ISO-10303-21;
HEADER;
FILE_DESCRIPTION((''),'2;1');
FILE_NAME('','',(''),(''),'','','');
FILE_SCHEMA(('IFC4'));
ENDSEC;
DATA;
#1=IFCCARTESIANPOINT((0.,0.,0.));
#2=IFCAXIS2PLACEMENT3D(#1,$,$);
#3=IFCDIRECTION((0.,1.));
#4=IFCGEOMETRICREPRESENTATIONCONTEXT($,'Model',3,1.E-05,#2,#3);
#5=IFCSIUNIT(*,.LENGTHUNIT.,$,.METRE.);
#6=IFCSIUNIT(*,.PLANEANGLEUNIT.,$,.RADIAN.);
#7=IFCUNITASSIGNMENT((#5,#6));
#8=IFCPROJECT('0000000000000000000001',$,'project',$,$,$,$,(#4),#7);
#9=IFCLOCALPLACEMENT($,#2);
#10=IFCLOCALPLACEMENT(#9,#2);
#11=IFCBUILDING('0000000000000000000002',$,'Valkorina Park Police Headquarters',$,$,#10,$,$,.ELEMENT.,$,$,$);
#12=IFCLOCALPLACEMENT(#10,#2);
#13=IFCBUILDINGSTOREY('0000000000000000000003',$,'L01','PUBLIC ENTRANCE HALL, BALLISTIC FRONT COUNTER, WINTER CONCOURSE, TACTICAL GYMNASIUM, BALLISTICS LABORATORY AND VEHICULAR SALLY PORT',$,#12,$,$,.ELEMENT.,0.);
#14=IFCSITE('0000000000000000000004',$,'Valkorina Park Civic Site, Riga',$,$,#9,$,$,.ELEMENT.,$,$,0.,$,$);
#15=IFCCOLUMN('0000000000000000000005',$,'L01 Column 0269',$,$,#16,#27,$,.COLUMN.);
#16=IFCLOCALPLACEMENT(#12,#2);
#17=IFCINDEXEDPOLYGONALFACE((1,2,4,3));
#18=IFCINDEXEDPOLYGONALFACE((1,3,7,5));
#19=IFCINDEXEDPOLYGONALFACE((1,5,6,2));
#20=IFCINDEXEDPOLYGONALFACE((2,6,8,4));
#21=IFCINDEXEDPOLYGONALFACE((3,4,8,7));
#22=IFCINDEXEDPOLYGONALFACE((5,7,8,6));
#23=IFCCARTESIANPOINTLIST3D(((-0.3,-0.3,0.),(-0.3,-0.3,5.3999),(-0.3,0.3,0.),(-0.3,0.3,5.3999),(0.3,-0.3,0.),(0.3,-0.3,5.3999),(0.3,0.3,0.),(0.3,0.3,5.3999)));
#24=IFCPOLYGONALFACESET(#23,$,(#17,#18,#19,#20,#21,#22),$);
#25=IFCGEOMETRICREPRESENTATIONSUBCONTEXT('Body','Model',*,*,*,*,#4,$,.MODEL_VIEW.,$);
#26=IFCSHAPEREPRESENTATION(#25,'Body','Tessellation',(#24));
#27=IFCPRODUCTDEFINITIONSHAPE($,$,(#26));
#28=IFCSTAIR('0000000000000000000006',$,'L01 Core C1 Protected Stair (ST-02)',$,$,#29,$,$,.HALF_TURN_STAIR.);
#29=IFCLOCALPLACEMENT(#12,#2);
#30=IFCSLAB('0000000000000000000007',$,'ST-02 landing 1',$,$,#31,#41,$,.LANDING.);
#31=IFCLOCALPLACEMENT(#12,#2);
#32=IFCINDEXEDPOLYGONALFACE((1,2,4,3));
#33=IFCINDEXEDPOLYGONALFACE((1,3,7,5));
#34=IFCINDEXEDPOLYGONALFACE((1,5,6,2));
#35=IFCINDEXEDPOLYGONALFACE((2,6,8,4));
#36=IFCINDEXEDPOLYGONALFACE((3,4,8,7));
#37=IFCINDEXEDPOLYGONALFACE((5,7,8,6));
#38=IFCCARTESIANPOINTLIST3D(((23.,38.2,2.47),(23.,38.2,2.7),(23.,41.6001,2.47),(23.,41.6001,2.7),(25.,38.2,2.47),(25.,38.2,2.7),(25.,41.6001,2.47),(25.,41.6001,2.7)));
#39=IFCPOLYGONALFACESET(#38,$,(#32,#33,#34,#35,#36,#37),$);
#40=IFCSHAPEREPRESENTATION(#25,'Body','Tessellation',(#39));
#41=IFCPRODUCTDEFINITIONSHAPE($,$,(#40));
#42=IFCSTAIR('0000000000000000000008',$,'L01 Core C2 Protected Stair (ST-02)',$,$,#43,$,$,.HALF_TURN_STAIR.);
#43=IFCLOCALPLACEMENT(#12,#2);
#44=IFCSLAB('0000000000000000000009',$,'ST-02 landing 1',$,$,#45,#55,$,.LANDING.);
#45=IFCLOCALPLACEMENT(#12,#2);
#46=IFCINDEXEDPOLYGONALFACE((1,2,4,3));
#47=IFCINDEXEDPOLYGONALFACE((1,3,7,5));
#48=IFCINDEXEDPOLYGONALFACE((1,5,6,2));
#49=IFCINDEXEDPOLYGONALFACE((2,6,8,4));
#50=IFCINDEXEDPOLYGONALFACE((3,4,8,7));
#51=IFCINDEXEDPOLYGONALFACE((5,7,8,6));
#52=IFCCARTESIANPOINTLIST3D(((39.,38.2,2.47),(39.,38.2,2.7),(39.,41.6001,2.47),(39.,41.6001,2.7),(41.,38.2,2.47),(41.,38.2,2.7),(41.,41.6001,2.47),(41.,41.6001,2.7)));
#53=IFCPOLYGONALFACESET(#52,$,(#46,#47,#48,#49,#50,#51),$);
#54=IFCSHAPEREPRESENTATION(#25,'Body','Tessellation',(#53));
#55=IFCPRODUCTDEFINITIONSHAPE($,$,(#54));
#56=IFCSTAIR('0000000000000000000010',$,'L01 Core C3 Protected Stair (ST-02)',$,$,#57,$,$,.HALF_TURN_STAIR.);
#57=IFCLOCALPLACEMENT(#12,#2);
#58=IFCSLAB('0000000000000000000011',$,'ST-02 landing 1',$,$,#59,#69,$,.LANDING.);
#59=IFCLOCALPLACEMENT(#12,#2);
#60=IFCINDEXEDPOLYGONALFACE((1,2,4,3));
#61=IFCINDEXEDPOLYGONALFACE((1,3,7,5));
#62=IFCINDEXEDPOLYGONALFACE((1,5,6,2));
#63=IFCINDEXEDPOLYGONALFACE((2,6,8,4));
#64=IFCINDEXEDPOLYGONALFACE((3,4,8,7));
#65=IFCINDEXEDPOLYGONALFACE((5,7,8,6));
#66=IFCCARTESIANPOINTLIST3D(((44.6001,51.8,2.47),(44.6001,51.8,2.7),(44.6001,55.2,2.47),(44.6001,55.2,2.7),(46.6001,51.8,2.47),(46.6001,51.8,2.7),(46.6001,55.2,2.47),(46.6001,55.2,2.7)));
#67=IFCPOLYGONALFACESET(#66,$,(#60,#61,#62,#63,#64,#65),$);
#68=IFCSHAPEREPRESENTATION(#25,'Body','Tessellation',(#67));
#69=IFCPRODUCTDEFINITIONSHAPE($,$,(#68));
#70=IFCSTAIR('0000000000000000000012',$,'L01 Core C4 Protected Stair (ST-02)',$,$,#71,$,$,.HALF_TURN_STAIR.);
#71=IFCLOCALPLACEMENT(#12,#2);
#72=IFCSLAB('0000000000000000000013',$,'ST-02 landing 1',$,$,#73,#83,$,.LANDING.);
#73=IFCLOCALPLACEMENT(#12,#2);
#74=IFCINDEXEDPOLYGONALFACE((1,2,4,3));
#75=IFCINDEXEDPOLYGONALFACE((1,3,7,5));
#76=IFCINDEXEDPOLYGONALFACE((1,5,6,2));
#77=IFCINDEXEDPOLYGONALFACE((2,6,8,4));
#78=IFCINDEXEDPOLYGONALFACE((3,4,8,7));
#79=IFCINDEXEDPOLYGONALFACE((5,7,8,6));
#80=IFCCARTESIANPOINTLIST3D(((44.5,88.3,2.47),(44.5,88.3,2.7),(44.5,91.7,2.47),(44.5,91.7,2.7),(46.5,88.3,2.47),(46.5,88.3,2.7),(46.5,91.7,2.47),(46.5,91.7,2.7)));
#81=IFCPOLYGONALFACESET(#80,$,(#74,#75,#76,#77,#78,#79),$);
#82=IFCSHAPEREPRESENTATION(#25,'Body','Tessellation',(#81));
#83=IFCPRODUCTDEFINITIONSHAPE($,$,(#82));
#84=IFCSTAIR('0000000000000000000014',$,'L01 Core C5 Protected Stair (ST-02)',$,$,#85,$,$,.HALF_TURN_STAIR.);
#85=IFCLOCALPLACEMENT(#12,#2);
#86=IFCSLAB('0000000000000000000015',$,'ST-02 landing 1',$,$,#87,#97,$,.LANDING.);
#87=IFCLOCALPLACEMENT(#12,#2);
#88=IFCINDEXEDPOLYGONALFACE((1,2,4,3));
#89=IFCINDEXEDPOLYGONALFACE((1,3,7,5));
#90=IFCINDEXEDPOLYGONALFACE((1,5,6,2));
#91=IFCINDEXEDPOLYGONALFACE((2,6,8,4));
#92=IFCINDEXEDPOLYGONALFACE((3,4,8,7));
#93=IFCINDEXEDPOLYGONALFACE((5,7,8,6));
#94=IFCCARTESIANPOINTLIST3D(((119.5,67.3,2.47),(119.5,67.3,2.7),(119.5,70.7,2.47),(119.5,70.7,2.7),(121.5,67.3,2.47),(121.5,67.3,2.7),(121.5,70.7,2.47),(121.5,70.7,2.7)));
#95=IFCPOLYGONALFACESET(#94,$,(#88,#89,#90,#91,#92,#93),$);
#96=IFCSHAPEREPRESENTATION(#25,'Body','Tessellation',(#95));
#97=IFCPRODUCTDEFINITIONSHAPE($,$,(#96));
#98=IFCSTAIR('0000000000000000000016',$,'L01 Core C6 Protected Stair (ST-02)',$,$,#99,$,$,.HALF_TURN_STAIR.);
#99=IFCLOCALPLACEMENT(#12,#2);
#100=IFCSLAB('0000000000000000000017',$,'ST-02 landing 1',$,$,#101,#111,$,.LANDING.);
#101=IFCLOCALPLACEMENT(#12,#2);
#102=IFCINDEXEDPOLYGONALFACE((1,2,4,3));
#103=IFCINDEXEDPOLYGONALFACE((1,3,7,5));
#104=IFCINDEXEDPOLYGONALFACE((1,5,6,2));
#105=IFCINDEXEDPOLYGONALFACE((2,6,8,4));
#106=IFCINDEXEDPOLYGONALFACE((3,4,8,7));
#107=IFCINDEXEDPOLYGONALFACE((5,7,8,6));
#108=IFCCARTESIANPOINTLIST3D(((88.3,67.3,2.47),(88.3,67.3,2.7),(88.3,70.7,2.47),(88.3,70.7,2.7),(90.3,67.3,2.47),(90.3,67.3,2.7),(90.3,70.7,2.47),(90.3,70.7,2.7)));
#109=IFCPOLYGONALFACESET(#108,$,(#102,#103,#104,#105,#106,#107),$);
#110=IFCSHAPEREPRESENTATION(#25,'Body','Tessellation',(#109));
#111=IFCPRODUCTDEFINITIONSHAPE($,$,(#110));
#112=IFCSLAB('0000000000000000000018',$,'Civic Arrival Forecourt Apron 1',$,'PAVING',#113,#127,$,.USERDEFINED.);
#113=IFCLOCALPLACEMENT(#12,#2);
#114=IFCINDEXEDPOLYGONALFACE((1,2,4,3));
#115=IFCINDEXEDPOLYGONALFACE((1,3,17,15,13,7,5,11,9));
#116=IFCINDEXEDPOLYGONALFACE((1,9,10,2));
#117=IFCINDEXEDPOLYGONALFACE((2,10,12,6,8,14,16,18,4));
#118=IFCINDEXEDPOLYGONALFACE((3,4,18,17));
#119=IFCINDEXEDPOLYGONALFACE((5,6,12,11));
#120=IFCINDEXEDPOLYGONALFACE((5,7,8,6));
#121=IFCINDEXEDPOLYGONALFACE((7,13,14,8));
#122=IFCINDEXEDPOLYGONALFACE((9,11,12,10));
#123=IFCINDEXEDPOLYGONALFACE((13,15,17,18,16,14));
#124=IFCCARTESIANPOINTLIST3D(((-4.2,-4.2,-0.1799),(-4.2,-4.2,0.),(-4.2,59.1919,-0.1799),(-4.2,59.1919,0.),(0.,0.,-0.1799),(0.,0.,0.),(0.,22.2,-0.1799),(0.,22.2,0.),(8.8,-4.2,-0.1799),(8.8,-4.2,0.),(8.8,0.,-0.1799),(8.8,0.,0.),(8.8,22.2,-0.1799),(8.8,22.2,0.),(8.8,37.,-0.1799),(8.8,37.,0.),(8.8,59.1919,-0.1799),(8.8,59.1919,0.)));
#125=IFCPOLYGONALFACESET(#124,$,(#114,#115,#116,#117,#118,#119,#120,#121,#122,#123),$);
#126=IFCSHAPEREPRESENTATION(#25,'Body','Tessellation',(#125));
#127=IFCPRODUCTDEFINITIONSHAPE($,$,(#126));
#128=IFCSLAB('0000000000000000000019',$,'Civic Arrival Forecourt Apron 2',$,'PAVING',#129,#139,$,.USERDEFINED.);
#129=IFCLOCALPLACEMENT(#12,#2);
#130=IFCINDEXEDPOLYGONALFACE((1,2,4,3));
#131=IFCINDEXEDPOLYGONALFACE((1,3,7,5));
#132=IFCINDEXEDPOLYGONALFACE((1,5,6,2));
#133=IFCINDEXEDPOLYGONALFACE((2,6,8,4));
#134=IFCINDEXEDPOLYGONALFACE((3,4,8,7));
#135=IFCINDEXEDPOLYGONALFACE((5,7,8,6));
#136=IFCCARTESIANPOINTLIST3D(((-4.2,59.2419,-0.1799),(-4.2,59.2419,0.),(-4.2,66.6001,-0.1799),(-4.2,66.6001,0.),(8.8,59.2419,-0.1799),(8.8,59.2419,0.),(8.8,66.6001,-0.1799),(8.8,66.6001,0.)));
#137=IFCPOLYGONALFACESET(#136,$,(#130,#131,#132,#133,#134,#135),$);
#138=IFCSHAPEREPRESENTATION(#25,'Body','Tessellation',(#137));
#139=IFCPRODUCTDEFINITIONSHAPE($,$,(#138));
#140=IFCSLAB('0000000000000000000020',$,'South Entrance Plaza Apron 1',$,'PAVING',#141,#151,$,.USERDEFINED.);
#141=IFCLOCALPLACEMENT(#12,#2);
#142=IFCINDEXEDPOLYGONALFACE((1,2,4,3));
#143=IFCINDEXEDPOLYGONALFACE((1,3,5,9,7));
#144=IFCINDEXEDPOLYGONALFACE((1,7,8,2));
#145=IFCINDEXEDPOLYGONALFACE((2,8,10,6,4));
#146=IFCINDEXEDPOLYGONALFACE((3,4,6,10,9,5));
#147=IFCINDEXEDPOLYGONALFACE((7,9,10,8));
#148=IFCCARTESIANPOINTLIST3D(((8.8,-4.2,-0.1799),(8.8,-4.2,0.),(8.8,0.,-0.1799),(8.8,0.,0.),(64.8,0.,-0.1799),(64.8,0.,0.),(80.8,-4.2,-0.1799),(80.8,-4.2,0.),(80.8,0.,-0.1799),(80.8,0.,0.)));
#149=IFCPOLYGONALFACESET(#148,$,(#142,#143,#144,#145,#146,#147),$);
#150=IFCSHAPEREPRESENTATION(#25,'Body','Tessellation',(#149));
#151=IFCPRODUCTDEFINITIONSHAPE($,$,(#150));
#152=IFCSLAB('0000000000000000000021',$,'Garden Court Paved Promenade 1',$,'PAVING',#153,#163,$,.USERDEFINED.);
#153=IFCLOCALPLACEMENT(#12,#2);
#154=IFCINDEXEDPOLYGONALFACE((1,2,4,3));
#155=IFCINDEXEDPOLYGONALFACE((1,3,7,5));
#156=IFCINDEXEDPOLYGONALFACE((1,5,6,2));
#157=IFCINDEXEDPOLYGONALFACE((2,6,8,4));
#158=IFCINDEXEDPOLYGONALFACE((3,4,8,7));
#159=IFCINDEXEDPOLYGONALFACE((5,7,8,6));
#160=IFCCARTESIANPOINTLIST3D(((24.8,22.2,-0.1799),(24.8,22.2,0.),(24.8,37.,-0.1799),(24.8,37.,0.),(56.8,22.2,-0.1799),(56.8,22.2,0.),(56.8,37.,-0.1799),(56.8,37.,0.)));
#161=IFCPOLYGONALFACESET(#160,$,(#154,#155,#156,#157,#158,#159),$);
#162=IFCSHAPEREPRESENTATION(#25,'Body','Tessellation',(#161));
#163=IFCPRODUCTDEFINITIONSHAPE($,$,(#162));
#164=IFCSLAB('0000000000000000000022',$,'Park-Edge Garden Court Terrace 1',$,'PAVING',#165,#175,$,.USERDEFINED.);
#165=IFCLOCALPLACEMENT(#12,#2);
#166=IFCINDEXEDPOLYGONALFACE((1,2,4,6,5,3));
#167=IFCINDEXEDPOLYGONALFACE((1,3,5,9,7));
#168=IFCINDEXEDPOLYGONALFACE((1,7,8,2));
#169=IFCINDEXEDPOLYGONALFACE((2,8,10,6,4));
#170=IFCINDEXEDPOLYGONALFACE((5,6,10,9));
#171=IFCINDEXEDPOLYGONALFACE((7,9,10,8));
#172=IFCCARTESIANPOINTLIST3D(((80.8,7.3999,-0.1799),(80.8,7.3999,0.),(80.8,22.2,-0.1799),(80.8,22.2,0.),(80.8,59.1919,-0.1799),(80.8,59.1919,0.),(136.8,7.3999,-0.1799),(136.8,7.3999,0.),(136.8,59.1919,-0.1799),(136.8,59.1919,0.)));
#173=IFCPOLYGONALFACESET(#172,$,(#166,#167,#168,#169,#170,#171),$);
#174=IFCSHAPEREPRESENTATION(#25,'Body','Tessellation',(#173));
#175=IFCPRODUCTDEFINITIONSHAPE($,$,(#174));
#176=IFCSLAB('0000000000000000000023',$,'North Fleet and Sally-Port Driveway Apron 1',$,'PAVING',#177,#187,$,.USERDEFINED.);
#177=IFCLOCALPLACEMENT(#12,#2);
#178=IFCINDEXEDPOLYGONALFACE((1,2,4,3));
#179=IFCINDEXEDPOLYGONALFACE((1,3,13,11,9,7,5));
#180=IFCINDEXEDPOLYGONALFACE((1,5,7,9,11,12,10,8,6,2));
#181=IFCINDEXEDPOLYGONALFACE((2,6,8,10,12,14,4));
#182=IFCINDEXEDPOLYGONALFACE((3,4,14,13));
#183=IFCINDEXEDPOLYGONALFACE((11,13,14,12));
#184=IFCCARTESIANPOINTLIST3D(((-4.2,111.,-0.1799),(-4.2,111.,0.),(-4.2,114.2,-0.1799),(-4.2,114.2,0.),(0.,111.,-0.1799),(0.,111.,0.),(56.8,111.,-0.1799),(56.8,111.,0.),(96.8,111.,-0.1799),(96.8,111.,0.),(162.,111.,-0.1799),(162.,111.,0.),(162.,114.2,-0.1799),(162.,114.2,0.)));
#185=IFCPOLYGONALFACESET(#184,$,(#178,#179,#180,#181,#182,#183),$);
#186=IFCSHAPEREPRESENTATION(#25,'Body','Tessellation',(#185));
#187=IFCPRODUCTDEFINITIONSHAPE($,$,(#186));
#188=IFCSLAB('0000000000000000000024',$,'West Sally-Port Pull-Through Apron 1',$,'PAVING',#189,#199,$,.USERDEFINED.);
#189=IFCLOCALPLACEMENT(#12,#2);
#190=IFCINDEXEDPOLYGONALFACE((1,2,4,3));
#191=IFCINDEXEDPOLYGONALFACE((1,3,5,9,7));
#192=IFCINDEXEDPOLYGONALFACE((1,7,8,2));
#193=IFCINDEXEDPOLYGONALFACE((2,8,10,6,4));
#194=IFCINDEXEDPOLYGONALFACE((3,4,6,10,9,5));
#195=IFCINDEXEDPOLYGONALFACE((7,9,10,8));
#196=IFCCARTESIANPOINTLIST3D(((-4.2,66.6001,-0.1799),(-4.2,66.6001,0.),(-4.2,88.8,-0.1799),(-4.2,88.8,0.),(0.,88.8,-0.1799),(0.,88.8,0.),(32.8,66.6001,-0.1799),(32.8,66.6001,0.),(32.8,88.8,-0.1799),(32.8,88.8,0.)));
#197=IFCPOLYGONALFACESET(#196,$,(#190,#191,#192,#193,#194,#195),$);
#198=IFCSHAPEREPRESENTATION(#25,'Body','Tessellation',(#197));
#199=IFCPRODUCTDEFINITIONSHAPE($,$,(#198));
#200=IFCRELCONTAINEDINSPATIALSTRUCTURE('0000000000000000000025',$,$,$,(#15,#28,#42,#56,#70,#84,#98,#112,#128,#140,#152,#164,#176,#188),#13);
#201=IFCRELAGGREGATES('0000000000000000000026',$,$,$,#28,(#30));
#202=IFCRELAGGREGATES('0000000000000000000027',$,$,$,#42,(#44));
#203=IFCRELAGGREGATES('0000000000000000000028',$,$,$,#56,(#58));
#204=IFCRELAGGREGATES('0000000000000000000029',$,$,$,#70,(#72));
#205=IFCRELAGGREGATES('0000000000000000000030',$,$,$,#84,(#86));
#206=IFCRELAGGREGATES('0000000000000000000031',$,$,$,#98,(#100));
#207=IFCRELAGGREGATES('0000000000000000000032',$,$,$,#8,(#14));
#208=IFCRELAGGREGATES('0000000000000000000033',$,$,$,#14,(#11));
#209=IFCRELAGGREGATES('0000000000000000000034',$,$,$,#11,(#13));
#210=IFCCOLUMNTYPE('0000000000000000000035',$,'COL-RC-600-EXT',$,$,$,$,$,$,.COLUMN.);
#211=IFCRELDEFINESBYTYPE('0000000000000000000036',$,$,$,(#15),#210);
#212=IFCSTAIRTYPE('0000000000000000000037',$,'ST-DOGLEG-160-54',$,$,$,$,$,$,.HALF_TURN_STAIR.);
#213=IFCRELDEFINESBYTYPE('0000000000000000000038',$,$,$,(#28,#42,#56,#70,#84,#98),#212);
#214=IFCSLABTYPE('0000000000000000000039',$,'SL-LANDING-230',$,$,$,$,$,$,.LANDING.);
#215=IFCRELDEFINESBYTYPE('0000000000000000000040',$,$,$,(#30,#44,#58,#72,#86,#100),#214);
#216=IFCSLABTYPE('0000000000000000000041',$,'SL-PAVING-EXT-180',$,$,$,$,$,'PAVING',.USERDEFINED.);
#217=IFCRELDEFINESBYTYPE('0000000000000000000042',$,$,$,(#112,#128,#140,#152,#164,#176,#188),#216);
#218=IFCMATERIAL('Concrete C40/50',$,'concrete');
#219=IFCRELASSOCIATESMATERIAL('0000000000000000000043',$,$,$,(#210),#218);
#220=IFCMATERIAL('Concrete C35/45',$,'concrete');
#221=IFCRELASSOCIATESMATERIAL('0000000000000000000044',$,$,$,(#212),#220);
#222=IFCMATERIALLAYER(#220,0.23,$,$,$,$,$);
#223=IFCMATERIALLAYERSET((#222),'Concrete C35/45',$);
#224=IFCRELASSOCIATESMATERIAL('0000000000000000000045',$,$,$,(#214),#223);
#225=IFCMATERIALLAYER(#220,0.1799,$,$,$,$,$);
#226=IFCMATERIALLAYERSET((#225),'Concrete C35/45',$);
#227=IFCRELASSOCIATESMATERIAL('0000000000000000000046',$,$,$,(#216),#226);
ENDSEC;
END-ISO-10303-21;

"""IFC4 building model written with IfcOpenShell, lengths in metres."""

from ifc_helpers import new_model, si_unit, direction, frame, origin, origin_with_axes, origin_2d, place, context, subcontext, project, spatial, polyline, rectangle, outline, extrude, material, layer, layer_set, material_profile, profile_set, type_object, element, aggregate, save


model = new_model("IFC4")

# Units and contexts
model_context = context("Model", 3, precision=1e-05, world=origin(), true_north=direction((0.0, 1.0)))
body_context = subcontext(model_context, "Body", "Model", "MODEL_VIEW")
ifc_project = project(units=[si_unit("LENGTHUNIT", "METRE"), si_unit("PLANEANGLEUNIT", "RADIAN")], contexts=[model_context])

# Site, building, storey
site_placement = place(None, origin())
site = spatial("IfcSite", under=ifc_project, at=site_placement, Name="Valkorina Park Civic Site, Riga", CompositionType="ELEMENT", RefElevation=0.0)
building_placement = place(site_placement, origin())
building = spatial("IfcBuilding", under=site, at=building_placement, Name="Valkorina Park Police Headquarters", CompositionType="ELEMENT")
storey_placement = place(building_placement, origin())
storey = spatial("IfcBuildingStorey", under=building, at=storey_placement, Name="L01", Description="PUBLIC ENTRANCE HALL, BALLISTIC FRONT COUNTER, WINTER CONCOURSE, TACTICAL GYMNASIUM, BALLISTICS LABORATORY AND VEHICULAR SALLY PORT", CompositionType="ELEMENT", Elevation=0.0)

# Column
ifc_material_1 = material(Name="Concrete C40/50", Category="concrete")
ifc_material_profile = material_profile(ifc_material_1, rectangle(XDim=0.6001, YDim=0.6001, at=origin_2d()), Name="RC COL 600x600")
ifc_profile_set = profile_set([ifc_material_profile], Name="Concrete C40/50")
column_type = type_object("IfcColumnType", Name="COL-RC-600-EXT", PredefinedType="COLUMN", material=ifc_profile_set)
column_placement = place(storey_placement, origin_with_axes())
element("IfcColumn", 1, at=column_placement, inside=storey, type_object=column_type, Name="L01 Column 0269", PredefinedType="COLUMN", context=body_context, shape_type="SweptSolid", body=[
    extrude(rectangle(XDim=0.6001, YDim=0.6001, at=origin_2d()), origin(), (0.0, 0.0, 1.0), 5.3999),
])

# Stairs, slabs
ifc_material_2 = material(Name="Concrete C35/45", Category="concrete")
stair_type = type_object("IfcStairType", Name="ST-DOGLEG-160-54", PredefinedType="HALF_TURN_STAIR", material=ifc_material_2)
stair_1_placement = place(storey_placement, origin())
stair_1 = element("IfcStair", 2, at=stair_1_placement, inside=storey, type_object=stair_type, Name="L01 Core C1 Protected Stair (ST-02)", PredefinedType="HALF_TURN_STAIR")
ifc_layer_1 = layer(ifc_material_2, 0.23)
ifc_layer_set_1 = layer_set([ifc_layer_1], Name="Concrete C35/45")
slab_type_1 = type_object("IfcSlabType", Name="SL-LANDING-230", PredefinedType="LANDING", material=ifc_layer_set_1)
slab_1_placement = place(storey_placement, frame((0.0, 0.0, 2.47)))
slab_1 = element("IfcSlab", 3, at=slab_1_placement, type_object=slab_type_1, Name="ST-02 landing 1", PredefinedType="LANDING", context=body_context, shape_type="SweptSolid", body=[
    extrude(outline(polyline([(23.0, 38.2), (25.0, 38.2), (25.0, 41.6001), (23.0, 41.6001), (23.0, 38.2)])), origin(), (0.0, 0.0, 1.0), 0.23),
])
aggregate(stair_1, [slab_1])
stair_2_placement = place(storey_placement, origin())
stair_2 = element("IfcStair", 4, at=stair_2_placement, inside=storey, type_object=stair_type, Name="L01 Core C2 Protected Stair (ST-02)", PredefinedType="HALF_TURN_STAIR")
slab_2_placement = place(storey_placement, frame((0.0, 0.0, 2.47)))
slab_2 = element("IfcSlab", 5, at=slab_2_placement, type_object=slab_type_1, Name="ST-02 landing 1", PredefinedType="LANDING", context=body_context, shape_type="SweptSolid", body=[
    extrude(outline(polyline([(39.0, 38.2), (41.0, 38.2), (41.0, 41.6001), (39.0, 41.6001), (39.0, 38.2)])), origin(), (0.0, 0.0, 1.0), 0.23),
])
aggregate(stair_2, [slab_2])
stair_3_placement = place(storey_placement, origin())
stair_3 = element("IfcStair", 6, at=stair_3_placement, inside=storey, type_object=stair_type, Name="L01 Core C3 Protected Stair (ST-02)", PredefinedType="HALF_TURN_STAIR")
slab_3_placement = place(storey_placement, frame((0.0, 0.0, 2.47)))
slab_3 = element("IfcSlab", 7, at=slab_3_placement, type_object=slab_type_1, Name="ST-02 landing 1", PredefinedType="LANDING", context=body_context, shape_type="SweptSolid", body=[
    extrude(outline(polyline([(44.6001, 51.8), (46.6001, 51.8), (46.6001, 55.2), (44.6001, 55.2), (44.6001, 51.8)])), origin(), (0.0, 0.0, 1.0), 0.23),
])
aggregate(stair_3, [slab_3])
stair_4_placement = place(storey_placement, origin())
stair_4 = element("IfcStair", 8, at=stair_4_placement, inside=storey, type_object=stair_type, Name="L01 Core C4 Protected Stair (ST-02)", PredefinedType="HALF_TURN_STAIR")
slab_4_placement = place(storey_placement, frame((0.0, 0.0, 2.47)))
slab_4 = element("IfcSlab", 9, at=slab_4_placement, type_object=slab_type_1, Name="ST-02 landing 1", PredefinedType="LANDING", context=body_context, shape_type="SweptSolid", body=[
    extrude(outline(polyline([(44.5, 88.3), (46.5, 88.3), (46.5, 91.7), (44.5, 91.7), (44.5, 88.3)])), origin(), (0.0, 0.0, 1.0), 0.23),
])
aggregate(stair_4, [slab_4])
stair_5_placement = place(storey_placement, origin())
stair_5 = element("IfcStair", 10, at=stair_5_placement, inside=storey, type_object=stair_type, Name="L01 Core C5 Protected Stair (ST-02)", PredefinedType="HALF_TURN_STAIR")
slab_5_placement = place(storey_placement, frame((0.0, 0.0, 2.47)))
slab_5 = element("IfcSlab", 11, at=slab_5_placement, type_object=slab_type_1, Name="ST-02 landing 1", PredefinedType="LANDING", context=body_context, shape_type="SweptSolid", body=[
    extrude(outline(polyline([(119.5, 67.3), (121.5, 67.3), (121.5, 70.7), (119.5, 70.7), (119.5, 67.3)])), origin(), (0.0, 0.0, 1.0), 0.23),
])
aggregate(stair_5, [slab_5])
stair_6_placement = place(storey_placement, origin())
stair_6 = element("IfcStair", 12, at=stair_6_placement, inside=storey, type_object=stair_type, Name="L01 Core C6 Protected Stair (ST-02)", PredefinedType="HALF_TURN_STAIR")
slab_6_placement = place(storey_placement, frame((0.0, 0.0, 2.47)))
slab_6 = element("IfcSlab", 13, at=slab_6_placement, type_object=slab_type_1, Name="ST-02 landing 1", PredefinedType="LANDING", context=body_context, shape_type="SweptSolid", body=[
    extrude(outline(polyline([(88.3, 67.3), (90.3, 67.3), (90.3, 70.7), (88.3, 70.7), (88.3, 67.3)])), origin(), (0.0, 0.0, 1.0), 0.23),
])
aggregate(stair_6, [slab_6])

# Slabs
ifc_layer_2 = layer(ifc_material_2, 0.1799)
ifc_layer_set_2 = layer_set([ifc_layer_2], Name="Concrete C35/45")
slab_type_2 = type_object("IfcSlabType", Name="SL-PAVING-EXT-180", ElementType="PAVING", PredefinedType="USERDEFINED", material=ifc_layer_set_2)
slab_7_placement = place(storey_placement, frame((0.0, 0.0, -0.1799)))
element("IfcSlab", 14, at=slab_7_placement, inside=storey, type_object=slab_type_2, Name="Civic Arrival Forecourt Apron 1", ObjectType="PAVING", PredefinedType="USERDEFINED", context=body_context, shape_type="SweptSolid", body=[
    extrude(outline(polyline([(8.8, -4.2), (8.8, 0.0), (0.0, 0.0), (0.0, 22.2), (8.8, 22.2), (8.8, 37.0), (8.8, 59.1919), (-4.2, 59.1919), (-4.2, -4.2), (8.8, -4.2)])), origin(), (0.0, 0.0, 1.0), 0.1799),
])
slab_8_placement = place(storey_placement, frame((0.0, 0.0, -0.1799)))
element("IfcSlab", 15, at=slab_8_placement, inside=storey, type_object=slab_type_2, Name="Civic Arrival Forecourt Apron 2", ObjectType="PAVING", PredefinedType="USERDEFINED", context=body_context, shape_type="SweptSolid", body=[
    extrude(outline(polyline([(-4.2, 59.2419), (8.8, 59.2419), (8.8, 66.6001), (-4.2, 66.6001), (-4.2, 59.2419)])), origin(), (0.0, 0.0, 1.0), 0.1799),
])
slab_9_placement = place(storey_placement, frame((0.0, 0.0, -0.1799)))
element("IfcSlab", 16, at=slab_9_placement, inside=storey, type_object=slab_type_2, Name="South Entrance Plaza Apron 1", ObjectType="PAVING", PredefinedType="USERDEFINED", context=body_context, shape_type="SweptSolid", body=[
    extrude(outline(polyline([(80.8, 0.0), (64.8, 0.0), (8.8, 0.0), (8.8, -4.2), (80.8, -4.2), (80.8, 0.0)])), origin(), (0.0, 0.0, 1.0), 0.1799),
])
slab_10_placement = place(storey_placement, frame((0.0, 0.0, -0.1799)))
element("IfcSlab", 17, at=slab_10_placement, inside=storey, type_object=slab_type_2, Name="Garden Court Paved Promenade 1", ObjectType="PAVING", PredefinedType="USERDEFINED", context=body_context, shape_type="SweptSolid", body=[
    extrude(outline(polyline([(56.8, 22.2), (56.8, 37.0), (24.8, 37.0), (24.8, 22.2), (56.8, 22.2)])), origin(), (0.0, 0.0, 1.0), 0.1799),
])
slab_11_placement = place(storey_placement, frame((0.0, 0.0, -0.1799)))
element("IfcSlab", 18, at=slab_11_placement, inside=storey, type_object=slab_type_2, Name="Park-Edge Garden Court Terrace 1", ObjectType="PAVING", PredefinedType="USERDEFINED", context=body_context, shape_type="SweptSolid", body=[
    extrude(outline(polyline([(136.8, 7.3999), (136.8, 59.1919), (80.8, 59.1919), (80.8, 22.2), (80.8, 7.3999), (136.8, 7.3999)])), origin(), (0.0, 0.0, 1.0), 0.1799),
])
slab_12_placement = place(storey_placement, frame((0.0, 0.0, -0.1799)))
element("IfcSlab", 19, at=slab_12_placement, inside=storey, type_object=slab_type_2, Name="North Fleet and Sally-Port Driveway Apron 1", ObjectType="PAVING", PredefinedType="USERDEFINED", context=body_context, shape_type="SweptSolid", body=[
    extrude(outline(polyline([(-4.2, 111.0), (0.0, 111.0), (56.8, 111.0), (96.8, 111.0), (162.0, 111.0), (162.0, 114.2), (-4.2, 114.2), (-4.2, 111.0)])), origin(), (0.0, 0.0, 1.0), 0.1799),
])
slab_13_placement = place(storey_placement, frame((0.0, 0.0, -0.1799)))
element("IfcSlab", 20, at=slab_13_placement, inside=storey, type_object=slab_type_2, Name="West Sally-Port Pull-Through Apron 1", ObjectType="PAVING", PredefinedType="USERDEFINED", context=body_context, shape_type="SweptSolid", body=[
    extrude(outline(polyline([(32.8, 66.6001), (32.8, 88.8), (0.0, 88.8), (-4.2, 88.8), (-4.2, 66.6001), (32.8, 66.6001)])), origin(), (0.0, 0.0, 1.0), 0.1799),
])

save(model, "model.ifc")
